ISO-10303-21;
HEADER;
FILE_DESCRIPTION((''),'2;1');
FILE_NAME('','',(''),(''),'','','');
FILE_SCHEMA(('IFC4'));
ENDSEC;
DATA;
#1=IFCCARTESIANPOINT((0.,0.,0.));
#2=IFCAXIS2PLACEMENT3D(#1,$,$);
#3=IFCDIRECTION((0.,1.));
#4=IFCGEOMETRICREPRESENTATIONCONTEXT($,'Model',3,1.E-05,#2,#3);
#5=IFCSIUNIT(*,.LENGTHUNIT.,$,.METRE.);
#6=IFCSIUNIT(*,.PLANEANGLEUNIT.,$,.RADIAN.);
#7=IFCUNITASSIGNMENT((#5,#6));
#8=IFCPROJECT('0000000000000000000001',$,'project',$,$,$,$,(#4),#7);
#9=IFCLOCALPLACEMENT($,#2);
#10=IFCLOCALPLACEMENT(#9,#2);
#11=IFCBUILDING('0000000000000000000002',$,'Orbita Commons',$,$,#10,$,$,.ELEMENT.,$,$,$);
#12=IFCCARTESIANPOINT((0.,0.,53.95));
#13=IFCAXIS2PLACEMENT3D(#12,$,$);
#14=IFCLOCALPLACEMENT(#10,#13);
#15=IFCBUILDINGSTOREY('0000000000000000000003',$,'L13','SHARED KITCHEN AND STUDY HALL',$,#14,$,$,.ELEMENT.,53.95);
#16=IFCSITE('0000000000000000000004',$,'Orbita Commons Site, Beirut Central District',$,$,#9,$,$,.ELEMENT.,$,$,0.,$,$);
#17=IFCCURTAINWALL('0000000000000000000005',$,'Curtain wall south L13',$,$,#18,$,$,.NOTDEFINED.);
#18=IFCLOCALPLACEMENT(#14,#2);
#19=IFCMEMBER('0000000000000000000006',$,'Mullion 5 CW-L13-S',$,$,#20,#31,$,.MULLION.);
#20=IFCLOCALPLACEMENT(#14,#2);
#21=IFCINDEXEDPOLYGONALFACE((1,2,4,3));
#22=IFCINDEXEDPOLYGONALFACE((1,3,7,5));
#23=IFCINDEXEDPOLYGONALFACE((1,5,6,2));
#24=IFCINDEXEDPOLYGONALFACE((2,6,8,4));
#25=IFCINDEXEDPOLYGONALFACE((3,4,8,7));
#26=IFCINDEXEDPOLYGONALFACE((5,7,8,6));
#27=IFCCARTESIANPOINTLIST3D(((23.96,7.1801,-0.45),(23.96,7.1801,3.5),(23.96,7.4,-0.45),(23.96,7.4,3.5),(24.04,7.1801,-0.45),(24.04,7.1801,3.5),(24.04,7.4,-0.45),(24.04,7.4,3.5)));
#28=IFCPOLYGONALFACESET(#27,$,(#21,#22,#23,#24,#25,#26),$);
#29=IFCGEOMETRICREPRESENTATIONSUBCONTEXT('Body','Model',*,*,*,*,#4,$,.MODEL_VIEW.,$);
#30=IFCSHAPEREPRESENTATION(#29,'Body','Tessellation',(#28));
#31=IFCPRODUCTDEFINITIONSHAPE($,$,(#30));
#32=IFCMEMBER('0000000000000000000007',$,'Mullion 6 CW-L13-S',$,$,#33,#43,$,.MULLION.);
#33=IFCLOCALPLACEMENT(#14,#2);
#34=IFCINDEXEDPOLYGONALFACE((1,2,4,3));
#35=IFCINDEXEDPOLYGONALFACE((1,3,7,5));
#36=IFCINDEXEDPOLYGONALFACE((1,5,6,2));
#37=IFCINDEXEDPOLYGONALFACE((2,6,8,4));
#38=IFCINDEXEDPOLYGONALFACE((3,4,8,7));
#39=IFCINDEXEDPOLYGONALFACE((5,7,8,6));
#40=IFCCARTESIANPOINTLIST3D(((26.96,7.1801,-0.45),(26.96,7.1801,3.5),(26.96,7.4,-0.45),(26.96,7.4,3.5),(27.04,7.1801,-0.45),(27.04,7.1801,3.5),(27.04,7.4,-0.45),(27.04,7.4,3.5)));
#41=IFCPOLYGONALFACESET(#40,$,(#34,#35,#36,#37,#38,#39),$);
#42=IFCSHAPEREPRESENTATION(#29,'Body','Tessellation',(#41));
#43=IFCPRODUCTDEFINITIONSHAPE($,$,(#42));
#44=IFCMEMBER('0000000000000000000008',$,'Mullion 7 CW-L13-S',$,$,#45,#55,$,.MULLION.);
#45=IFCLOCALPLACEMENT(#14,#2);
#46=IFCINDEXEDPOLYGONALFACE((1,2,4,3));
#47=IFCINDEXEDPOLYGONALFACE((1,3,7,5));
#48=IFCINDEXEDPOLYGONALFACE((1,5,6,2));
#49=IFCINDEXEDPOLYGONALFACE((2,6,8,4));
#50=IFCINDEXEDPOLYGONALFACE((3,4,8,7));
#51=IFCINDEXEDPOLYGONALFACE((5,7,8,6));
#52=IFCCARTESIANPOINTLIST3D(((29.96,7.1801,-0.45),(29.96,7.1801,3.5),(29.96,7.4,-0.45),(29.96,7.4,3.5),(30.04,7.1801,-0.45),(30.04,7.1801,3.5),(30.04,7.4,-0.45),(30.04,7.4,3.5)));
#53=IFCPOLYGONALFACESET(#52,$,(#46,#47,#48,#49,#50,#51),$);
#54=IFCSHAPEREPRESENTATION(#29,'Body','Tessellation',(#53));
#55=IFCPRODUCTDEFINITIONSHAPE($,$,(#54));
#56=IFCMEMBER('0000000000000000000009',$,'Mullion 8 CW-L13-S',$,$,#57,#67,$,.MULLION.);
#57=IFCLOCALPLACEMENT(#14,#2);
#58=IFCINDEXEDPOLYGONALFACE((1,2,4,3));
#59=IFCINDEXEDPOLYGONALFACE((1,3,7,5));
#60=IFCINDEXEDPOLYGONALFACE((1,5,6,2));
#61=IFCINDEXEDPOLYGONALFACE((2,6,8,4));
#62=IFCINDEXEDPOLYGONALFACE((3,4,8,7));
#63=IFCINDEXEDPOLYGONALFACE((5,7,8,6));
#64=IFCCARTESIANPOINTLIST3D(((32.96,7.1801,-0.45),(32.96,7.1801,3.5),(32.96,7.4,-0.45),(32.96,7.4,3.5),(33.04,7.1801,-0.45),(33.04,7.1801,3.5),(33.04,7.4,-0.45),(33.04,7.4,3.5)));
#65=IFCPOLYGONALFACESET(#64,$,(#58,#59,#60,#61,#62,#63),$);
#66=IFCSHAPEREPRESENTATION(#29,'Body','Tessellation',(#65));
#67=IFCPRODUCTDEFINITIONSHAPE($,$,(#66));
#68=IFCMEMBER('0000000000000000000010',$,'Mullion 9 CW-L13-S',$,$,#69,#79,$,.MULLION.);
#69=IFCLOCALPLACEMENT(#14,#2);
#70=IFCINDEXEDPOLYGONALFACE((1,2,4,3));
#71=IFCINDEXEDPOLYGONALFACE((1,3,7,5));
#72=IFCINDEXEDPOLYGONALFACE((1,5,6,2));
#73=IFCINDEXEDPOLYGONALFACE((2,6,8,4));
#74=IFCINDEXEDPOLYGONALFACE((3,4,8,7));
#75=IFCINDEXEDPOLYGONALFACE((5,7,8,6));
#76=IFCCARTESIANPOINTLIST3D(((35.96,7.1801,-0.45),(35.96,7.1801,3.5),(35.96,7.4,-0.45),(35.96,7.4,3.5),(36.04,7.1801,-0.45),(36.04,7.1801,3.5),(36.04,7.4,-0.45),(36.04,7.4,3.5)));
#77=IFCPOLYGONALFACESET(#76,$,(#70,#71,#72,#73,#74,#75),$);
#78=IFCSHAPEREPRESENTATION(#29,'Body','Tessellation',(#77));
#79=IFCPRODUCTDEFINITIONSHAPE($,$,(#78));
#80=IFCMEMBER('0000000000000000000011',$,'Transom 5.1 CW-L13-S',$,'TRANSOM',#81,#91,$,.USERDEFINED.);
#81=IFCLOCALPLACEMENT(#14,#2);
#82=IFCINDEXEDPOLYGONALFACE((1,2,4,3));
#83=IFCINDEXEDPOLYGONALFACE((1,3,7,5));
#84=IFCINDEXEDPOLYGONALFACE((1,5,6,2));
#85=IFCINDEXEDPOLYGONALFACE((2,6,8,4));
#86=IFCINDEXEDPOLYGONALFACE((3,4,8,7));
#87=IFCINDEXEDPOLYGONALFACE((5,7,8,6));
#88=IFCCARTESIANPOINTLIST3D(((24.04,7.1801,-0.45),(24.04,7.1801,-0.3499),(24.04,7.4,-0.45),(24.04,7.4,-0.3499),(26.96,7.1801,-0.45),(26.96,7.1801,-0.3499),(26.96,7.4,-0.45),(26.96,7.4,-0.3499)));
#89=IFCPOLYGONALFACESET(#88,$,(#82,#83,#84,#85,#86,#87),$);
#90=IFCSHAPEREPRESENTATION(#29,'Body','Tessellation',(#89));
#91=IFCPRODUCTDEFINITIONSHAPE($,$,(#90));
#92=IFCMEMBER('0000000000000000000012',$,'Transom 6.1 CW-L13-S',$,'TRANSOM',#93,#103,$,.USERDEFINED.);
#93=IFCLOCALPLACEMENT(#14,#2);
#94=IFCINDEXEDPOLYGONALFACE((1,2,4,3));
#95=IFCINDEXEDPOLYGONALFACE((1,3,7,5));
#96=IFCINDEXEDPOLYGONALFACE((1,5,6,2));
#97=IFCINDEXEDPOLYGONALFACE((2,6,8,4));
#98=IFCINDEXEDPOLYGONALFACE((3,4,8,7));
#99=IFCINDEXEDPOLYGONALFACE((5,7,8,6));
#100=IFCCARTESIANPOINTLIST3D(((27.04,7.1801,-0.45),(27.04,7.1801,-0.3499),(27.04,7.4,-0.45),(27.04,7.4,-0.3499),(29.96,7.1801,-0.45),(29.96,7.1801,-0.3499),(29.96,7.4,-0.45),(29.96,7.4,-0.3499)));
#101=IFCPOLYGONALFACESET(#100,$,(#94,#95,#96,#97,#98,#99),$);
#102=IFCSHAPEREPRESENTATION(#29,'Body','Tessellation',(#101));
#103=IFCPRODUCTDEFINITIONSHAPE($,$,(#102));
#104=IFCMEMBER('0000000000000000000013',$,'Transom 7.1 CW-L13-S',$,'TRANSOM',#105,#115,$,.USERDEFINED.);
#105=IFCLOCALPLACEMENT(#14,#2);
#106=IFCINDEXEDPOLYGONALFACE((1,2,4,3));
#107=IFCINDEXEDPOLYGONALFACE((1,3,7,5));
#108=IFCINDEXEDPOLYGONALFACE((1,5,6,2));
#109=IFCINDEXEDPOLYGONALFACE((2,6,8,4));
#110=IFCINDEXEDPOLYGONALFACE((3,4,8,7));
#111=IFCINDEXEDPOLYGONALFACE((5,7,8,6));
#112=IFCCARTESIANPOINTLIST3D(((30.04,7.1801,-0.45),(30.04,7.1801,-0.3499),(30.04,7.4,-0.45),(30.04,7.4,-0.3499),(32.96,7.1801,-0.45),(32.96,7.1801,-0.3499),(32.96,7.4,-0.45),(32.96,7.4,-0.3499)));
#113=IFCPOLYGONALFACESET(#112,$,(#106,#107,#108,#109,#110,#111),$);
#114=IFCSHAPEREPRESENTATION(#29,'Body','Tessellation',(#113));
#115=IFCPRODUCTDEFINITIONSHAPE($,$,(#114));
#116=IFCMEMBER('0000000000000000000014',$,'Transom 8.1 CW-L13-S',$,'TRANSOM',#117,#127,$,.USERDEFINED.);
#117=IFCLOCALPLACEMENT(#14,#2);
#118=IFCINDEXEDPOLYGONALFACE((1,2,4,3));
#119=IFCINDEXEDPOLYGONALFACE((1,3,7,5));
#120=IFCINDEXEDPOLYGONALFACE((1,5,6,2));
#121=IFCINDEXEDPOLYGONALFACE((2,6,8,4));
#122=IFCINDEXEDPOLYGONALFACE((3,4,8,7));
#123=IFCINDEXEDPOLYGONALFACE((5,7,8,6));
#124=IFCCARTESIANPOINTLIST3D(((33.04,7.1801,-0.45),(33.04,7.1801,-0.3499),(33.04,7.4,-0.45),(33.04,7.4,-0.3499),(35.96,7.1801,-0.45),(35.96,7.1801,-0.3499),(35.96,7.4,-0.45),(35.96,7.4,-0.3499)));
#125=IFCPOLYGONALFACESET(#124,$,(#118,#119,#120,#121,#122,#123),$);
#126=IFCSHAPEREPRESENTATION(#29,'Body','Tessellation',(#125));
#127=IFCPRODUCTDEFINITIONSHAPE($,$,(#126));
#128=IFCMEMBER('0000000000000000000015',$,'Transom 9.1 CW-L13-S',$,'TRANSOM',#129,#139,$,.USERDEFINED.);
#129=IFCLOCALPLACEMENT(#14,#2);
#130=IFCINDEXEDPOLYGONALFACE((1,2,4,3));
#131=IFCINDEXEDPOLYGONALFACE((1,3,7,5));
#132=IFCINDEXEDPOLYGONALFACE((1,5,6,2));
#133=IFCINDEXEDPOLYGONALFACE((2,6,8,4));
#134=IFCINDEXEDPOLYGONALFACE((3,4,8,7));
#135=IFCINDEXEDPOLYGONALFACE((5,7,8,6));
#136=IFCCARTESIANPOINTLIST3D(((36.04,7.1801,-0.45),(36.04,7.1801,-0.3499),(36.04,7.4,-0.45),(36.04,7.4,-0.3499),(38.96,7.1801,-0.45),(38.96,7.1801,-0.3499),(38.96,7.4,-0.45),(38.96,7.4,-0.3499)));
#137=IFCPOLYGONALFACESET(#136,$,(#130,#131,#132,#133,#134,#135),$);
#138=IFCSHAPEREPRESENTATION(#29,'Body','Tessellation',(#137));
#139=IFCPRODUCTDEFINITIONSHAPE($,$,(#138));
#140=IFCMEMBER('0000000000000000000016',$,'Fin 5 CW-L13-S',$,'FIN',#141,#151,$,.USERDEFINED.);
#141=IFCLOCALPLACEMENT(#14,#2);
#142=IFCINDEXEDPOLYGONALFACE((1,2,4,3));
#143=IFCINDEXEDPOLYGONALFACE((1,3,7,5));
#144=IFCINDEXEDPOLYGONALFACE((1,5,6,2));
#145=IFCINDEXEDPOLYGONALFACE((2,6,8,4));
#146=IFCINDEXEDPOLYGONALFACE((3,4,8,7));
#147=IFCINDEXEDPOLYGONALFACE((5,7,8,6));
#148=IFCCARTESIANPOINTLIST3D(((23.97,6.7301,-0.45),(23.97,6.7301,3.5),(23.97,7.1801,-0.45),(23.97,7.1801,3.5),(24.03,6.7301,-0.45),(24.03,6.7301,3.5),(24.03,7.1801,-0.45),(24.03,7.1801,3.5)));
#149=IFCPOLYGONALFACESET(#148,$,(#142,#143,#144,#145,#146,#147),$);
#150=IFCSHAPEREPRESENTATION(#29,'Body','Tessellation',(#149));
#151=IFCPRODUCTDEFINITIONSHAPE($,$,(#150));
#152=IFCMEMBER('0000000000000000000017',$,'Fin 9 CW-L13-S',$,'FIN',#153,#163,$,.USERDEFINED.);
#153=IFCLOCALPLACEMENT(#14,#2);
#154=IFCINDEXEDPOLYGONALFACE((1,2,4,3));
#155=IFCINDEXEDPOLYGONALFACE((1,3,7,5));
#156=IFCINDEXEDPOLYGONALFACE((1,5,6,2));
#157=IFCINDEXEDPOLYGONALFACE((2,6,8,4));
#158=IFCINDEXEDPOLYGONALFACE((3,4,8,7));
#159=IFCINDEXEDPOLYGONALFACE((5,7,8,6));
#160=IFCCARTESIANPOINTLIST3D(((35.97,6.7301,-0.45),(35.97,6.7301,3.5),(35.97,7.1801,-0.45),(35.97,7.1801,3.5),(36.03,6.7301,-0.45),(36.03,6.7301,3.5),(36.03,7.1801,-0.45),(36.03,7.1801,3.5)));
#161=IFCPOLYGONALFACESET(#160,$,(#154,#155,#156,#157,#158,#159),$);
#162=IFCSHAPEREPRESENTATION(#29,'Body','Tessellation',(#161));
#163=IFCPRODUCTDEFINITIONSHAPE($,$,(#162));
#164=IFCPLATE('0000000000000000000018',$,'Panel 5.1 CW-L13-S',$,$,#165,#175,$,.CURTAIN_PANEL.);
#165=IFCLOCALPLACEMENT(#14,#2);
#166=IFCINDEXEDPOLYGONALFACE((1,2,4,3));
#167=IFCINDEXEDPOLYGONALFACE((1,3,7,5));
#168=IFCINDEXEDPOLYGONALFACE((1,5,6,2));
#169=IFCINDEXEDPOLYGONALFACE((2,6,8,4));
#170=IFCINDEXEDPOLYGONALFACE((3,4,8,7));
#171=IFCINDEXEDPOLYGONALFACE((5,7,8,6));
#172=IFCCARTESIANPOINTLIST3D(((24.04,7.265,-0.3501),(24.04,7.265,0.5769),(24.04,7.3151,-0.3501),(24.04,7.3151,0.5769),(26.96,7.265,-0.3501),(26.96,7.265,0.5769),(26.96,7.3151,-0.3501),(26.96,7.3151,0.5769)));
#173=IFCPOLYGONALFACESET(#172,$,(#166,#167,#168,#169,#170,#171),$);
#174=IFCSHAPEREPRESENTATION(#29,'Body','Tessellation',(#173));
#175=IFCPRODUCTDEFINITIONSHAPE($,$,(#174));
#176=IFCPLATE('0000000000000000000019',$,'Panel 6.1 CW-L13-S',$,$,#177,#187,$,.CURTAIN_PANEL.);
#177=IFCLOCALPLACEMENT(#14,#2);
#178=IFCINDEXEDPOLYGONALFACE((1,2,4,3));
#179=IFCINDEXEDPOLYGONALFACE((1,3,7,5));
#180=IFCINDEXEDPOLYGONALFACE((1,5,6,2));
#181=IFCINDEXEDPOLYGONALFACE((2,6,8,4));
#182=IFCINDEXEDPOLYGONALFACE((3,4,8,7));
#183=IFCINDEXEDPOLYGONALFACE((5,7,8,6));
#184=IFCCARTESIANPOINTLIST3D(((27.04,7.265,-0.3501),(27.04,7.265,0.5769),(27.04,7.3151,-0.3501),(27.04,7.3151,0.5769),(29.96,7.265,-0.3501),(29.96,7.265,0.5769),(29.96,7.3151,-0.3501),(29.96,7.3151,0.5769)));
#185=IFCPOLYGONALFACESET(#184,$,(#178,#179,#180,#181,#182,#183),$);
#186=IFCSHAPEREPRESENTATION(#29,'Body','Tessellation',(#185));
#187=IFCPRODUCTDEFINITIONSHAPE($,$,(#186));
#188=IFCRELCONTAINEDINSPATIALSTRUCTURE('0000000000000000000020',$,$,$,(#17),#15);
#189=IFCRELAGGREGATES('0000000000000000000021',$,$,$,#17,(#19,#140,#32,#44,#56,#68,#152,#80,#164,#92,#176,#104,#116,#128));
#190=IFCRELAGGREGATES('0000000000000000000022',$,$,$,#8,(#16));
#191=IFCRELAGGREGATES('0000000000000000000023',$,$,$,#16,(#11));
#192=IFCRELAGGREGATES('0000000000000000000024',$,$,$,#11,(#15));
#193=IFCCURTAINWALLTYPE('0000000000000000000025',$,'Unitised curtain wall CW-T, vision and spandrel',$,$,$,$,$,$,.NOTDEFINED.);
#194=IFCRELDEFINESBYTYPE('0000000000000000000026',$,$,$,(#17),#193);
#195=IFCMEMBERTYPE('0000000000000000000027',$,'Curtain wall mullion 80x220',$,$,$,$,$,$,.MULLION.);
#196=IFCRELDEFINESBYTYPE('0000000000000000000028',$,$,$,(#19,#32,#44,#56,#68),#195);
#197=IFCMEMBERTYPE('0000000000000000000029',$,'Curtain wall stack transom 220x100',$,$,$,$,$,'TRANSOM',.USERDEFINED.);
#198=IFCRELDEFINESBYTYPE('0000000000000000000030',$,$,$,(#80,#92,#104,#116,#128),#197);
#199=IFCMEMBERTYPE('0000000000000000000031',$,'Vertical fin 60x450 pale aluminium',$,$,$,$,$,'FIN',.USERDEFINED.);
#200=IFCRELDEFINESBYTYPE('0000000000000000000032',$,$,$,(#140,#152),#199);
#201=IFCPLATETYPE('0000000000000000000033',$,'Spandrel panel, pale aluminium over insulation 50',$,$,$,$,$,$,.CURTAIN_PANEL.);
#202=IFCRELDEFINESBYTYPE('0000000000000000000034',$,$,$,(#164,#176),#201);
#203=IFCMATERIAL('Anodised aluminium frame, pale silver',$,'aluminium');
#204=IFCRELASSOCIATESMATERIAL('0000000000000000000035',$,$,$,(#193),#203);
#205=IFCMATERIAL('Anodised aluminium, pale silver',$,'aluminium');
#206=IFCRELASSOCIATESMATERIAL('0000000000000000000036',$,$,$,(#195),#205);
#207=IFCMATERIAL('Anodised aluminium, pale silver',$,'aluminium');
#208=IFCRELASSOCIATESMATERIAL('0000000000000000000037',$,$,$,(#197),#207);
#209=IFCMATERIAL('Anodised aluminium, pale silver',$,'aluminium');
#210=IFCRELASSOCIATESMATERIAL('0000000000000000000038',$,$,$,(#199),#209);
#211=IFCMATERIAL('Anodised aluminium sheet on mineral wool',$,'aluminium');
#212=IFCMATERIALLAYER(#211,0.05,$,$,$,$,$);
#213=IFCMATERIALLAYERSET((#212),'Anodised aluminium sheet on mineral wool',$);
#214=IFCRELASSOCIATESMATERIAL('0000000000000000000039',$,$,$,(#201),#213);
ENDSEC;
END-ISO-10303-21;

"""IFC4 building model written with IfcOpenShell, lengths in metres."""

from ifc_helpers import new_model, si_unit, direction, frame, origin, origin_2d, place, context, subcontext, project, spatial, rectangle, extrude, material, layer, layer_set, material_profile, profile_set, type_object, element, aggregate, save


model = new_model("IFC4")

# Units and contexts
model_context = context("Model", 3, precision=1e-05, world=origin(), true_north=direction((0.0, 1.0)))
body_context = subcontext(model_context, "Body", "Model", "MODEL_VIEW")
ifc_project = project(units=[si_unit("LENGTHUNIT", "METRE"), si_unit("PLANEANGLEUNIT", "RADIAN")], contexts=[model_context])

# Site, building, storey
site_placement = place(None, origin())
site = spatial("IfcSite", under=ifc_project, at=site_placement, Name="Orbita Commons Site, Beirut Central District", CompositionType="ELEMENT", RefElevation=0.0)
building_placement = place(site_placement, origin())
building = spatial("IfcBuilding", under=site, at=building_placement, Name="Orbita Commons", CompositionType="ELEMENT")
storey_placement = place(building_placement, frame((0.0, 0.0, 53.95)))
storey = spatial("IfcBuildingStorey", under=building, at=storey_placement, Name="L13", Description="SHARED KITCHEN AND STUDY HALL", CompositionType="ELEMENT", Elevation=53.95)

# Curtain wall, members, plates
ifc_material_1 = material(Name="Anodised aluminium frame, pale silver", Category="aluminium")
curtain_wall_type = type_object("IfcCurtainWallType", Name="Unitised curtain wall CW-T, vision and spandrel", PredefinedType="NOTDEFINED", material=ifc_material_1)
curtain_wall_placement = place(storey_placement, origin())
curtain_wall = element("IfcCurtainWall", 1, at=curtain_wall_placement, inside=storey, type_object=curtain_wall_type, Name="Curtain wall south L13", PredefinedType="NOTDEFINED")
ifc_material_2 = material(Name="Anodised aluminium, pale silver", Category="aluminium")
ifc_material_profile_1 = material_profile(ifc_material_2, rectangle(XDim=0.0801, YDim=0.22, at=origin_2d()), Name="AL 80x220")
ifc_profile_set_1 = profile_set([ifc_material_profile_1], Name="Anodised aluminium, pale silver")
member_type_1 = type_object("IfcMemberType", Name="Curtain wall mullion 80x220", PredefinedType="MULLION", material=ifc_profile_set_1)
member_1_placement = place(storey_placement, frame((24.0, 7.29, -0.45), z_axis=(0.0, 0.0, 1.0), x_axis=(1.0, 0.0, 0.0)))
member_1 = element("IfcMember", 2, at=member_1_placement, type_object=member_type_1, Name="Mullion 5 CW-L13-S", PredefinedType="MULLION", context=body_context, shape_type="SweptSolid", body=[
    extrude(rectangle(XDim=0.0801, YDim=0.22, at=origin_2d()), origin(), (0.0, 0.0, 1.0), 3.95),
])
member_2_placement = place(storey_placement, frame((27.0, 7.29, -0.45), z_axis=(0.0, 0.0, 1.0), x_axis=(1.0, 0.0, 0.0)))
member_2 = element("IfcMember", 3, at=member_2_placement, type_object=member_type_1, Name="Mullion 6 CW-L13-S", PredefinedType="MULLION", context=body_context, shape_type="SweptSolid", body=[
    extrude(rectangle(XDim=0.0801, YDim=0.22, at=origin_2d()), origin(), (0.0, 0.0, 1.0), 3.95),
])
member_3_placement = place(storey_placement, frame((30.0, 7.29, -0.45), z_axis=(0.0, 0.0, 1.0), x_axis=(1.0, 0.0, 0.0)))
member_3 = element("IfcMember", 4, at=member_3_placement, type_object=member_type_1, Name="Mullion 7 CW-L13-S", PredefinedType="MULLION", context=body_context, shape_type="SweptSolid", body=[
    extrude(rectangle(XDim=0.0801, YDim=0.22, at=origin_2d()), origin(), (0.0, 0.0, 1.0), 3.95),
])
member_4_placement = place(storey_placement, frame((33.0, 7.29, -0.45), z_axis=(0.0, 0.0, 1.0), x_axis=(1.0, 0.0, 0.0)))
member_4 = element("IfcMember", 5, at=member_4_placement, type_object=member_type_1, Name="Mullion 8 CW-L13-S", PredefinedType="MULLION", context=body_context, shape_type="SweptSolid", body=[
    extrude(rectangle(XDim=0.0801, YDim=0.22, at=origin_2d()), origin(), (0.0, 0.0, 1.0), 3.95),
])
member_5_placement = place(storey_placement, frame((36.0, 7.29, -0.45), z_axis=(0.0, 0.0, 1.0), x_axis=(1.0, 0.0, 0.0)))
member_5 = element("IfcMember", 6, at=member_5_placement, type_object=member_type_1, Name="Mullion 9 CW-L13-S", PredefinedType="MULLION", context=body_context, shape_type="SweptSolid", body=[
    extrude(rectangle(XDim=0.0801, YDim=0.22, at=origin_2d()), origin(), (0.0, 0.0, 1.0), 3.95),
])
ifc_material_3 = material(Name="Anodised aluminium, pale silver", Category="aluminium")
ifc_material_profile_2 = material_profile(ifc_material_3, rectangle(XDim=0.22, YDim=0.1001, at=origin_2d()), Name="AL 220x100")
ifc_profile_set_2 = profile_set([ifc_material_profile_2], Name="Anodised aluminium, pale silver")
member_type_2 = type_object("IfcMemberType", Name="Curtain wall stack transom 220x100", ElementType="TRANSOM", PredefinedType="USERDEFINED", material=ifc_profile_set_2)
member_6_placement = place(storey_placement, frame((24.04, 7.29, -0.3999), z_axis=(1.0, 0.0, 0.0), x_axis=(0.0, 1.0, 0.0)))
member_6 = element("IfcMember", 7, at=member_6_placement, type_object=member_type_2, Name="Transom 5.1 CW-L13-S", ObjectType="TRANSOM", PredefinedType="USERDEFINED", context=body_context, shape_type="SweptSolid", body=[
    extrude(rectangle(XDim=0.22, YDim=0.1001, at=origin_2d()), origin(), (0.0, 0.0, 1.0), 2.9199),
])
member_7_placement = place(storey_placement, frame((27.04, 7.29, -0.3999), z_axis=(1.0, 0.0, 0.0), x_axis=(0.0, 1.0, 0.0)))
member_7 = element("IfcMember", 8, at=member_7_placement, type_object=member_type_2, Name="Transom 6.1 CW-L13-S", ObjectType="TRANSOM", PredefinedType="USERDEFINED", context=body_context, shape_type="SweptSolid", body=[
    extrude(rectangle(XDim=0.22, YDim=0.1001, at=origin_2d()), origin(), (0.0, 0.0, 1.0), 2.9199),
])
member_8_placement = place(storey_placement, frame((30.04, 7.29, -0.3999), z_axis=(1.0, 0.0, 0.0), x_axis=(0.0, 1.0, 0.0)))
member_8 = element("IfcMember", 9, at=member_8_placement, type_object=member_type_2, Name="Transom 7.1 CW-L13-S", ObjectType="TRANSOM", PredefinedType="USERDEFINED", context=body_context, shape_type="SweptSolid", body=[
    extrude(rectangle(XDim=0.22, YDim=0.1001, at=origin_2d()), origin(), (0.0, 0.0, 1.0), 2.9199),
])
member_9_placement = place(storey_placement, frame((33.04, 7.29, -0.3999), z_axis=(1.0, 0.0, 0.0), x_axis=(0.0, 1.0, 0.0)))
member_9 = element("IfcMember", 10, at=member_9_placement, type_object=member_type_2, Name="Transom 8.1 CW-L13-S", ObjectType="TRANSOM", PredefinedType="USERDEFINED", context=body_context, shape_type="SweptSolid", body=[
    extrude(rectangle(XDim=0.22, YDim=0.1001, at=origin_2d()), origin(), (0.0, 0.0, 1.0), 2.9199),
])
member_10_placement = place(storey_placement, frame((36.04, 7.29, -0.3999), z_axis=(1.0, 0.0, 0.0), x_axis=(0.0, 1.0, 0.0)))
member_10 = element("IfcMember", 11, at=member_10_placement, type_object=member_type_2, Name="Transom 9.1 CW-L13-S", ObjectType="TRANSOM", PredefinedType="USERDEFINED", context=body_context, shape_type="SweptSolid", body=[
    extrude(rectangle(XDim=0.22, YDim=0.1001, at=origin_2d()), origin(), (0.0, 0.0, 1.0), 2.9199),
])
ifc_material_4 = material(Name="Anodised aluminium, pale silver", Category="aluminium")
ifc_material_profile_3 = material_profile(ifc_material_4, rectangle(XDim=0.0601, YDim=0.45, at=origin_2d()), Name="FIN 60x450")
ifc_profile_set_3 = profile_set([ifc_material_profile_3], Name="Anodised aluminium, pale silver")
member_type_3 = type_object("IfcMemberType", Name="Vertical fin 60x450 pale aluminium", ElementType="FIN", PredefinedType="USERDEFINED", material=ifc_profile_set_3)
member_11_placement = place(storey_placement, frame((24.0, 6.9551, -0.45), z_axis=(0.0, 0.0, 1.0), x_axis=(1.0, 0.0, 0.0)))
member_11 = element("IfcMember", 12, at=member_11_placement, type_object=member_type_3, Name="Fin 5 CW-L13-S", ObjectType="FIN", PredefinedType="USERDEFINED", context=body_context, shape_type="SweptSolid", body=[
    extrude(rectangle(XDim=0.0601, YDim=0.45, at=origin_2d()), origin(), (0.0, 0.0, 1.0), 3.95),
])
member_12_placement = place(storey_placement, frame((36.0, 6.9551, -0.45), z_axis=(0.0, 0.0, 1.0), x_axis=(1.0, 0.0, 0.0)))
member_12 = element("IfcMember", 13, at=member_12_placement, type_object=member_type_3, Name="Fin 9 CW-L13-S", ObjectType="FIN", PredefinedType="USERDEFINED", context=body_context, shape_type="SweptSolid", body=[
    extrude(rectangle(XDim=0.0601, YDim=0.45, at=origin_2d()), origin(), (0.0, 0.0, 1.0), 3.95),
])
ifc_material_5 = material(Name="Anodised aluminium sheet on mineral wool", Category="aluminium")
ifc_layer_1 = layer(ifc_material_5, 0.05)
ifc_layer_set_1 = layer_set([ifc_layer_1], Name="Anodised aluminium sheet on mineral wool")
plate_type_1 = type_object("IfcPlateType", Name="Spandrel panel, pale aluminium over insulation 50", PredefinedType="CURTAIN_PANEL", material=ifc_layer_set_1)
plate_1_placement = place(storey_placement, frame((25.5, 7.29, -0.3501), z_axis=(0.0, 0.0, 1.0), x_axis=(1.0, 0.0, 0.0)))
plate_1 = element("IfcPlate", 14, at=plate_1_placement, type_object=plate_type_1, Name="Panel 5.1 CW-L13-S", PredefinedType="CURTAIN_PANEL", context=body_context, shape_type="SweptSolid", body=[
    extrude(rectangle(XDim=2.9199, YDim=0.05, at=origin_2d()), origin(), (0.0, 0.0, 1.0), 0.927),
])
plate_2_placement = place(storey_placement, frame((28.5, 7.29, -0.3501), z_axis=(0.0, 0.0, 1.0), x_axis=(1.0, 0.0, 0.0)))
plate_2 = element("IfcPlate", 15, at=plate_2_placement, type_object=plate_type_1, Name="Panel 6.1 CW-L13-S", PredefinedType="CURTAIN_PANEL", context=body_context, shape_type="SweptSolid", body=[
    extrude(rectangle(XDim=2.9199, YDim=0.05, at=origin_2d()), origin(), (0.0, 0.0, 1.0), 0.927),
])
aggregate(curtain_wall, [member_1, member_11, member_2, member_3, member_4, member_5, member_12, member_6, plate_1, member_7, plate_2, member_8, member_9, member_10])

save(model, "model.ifc")
